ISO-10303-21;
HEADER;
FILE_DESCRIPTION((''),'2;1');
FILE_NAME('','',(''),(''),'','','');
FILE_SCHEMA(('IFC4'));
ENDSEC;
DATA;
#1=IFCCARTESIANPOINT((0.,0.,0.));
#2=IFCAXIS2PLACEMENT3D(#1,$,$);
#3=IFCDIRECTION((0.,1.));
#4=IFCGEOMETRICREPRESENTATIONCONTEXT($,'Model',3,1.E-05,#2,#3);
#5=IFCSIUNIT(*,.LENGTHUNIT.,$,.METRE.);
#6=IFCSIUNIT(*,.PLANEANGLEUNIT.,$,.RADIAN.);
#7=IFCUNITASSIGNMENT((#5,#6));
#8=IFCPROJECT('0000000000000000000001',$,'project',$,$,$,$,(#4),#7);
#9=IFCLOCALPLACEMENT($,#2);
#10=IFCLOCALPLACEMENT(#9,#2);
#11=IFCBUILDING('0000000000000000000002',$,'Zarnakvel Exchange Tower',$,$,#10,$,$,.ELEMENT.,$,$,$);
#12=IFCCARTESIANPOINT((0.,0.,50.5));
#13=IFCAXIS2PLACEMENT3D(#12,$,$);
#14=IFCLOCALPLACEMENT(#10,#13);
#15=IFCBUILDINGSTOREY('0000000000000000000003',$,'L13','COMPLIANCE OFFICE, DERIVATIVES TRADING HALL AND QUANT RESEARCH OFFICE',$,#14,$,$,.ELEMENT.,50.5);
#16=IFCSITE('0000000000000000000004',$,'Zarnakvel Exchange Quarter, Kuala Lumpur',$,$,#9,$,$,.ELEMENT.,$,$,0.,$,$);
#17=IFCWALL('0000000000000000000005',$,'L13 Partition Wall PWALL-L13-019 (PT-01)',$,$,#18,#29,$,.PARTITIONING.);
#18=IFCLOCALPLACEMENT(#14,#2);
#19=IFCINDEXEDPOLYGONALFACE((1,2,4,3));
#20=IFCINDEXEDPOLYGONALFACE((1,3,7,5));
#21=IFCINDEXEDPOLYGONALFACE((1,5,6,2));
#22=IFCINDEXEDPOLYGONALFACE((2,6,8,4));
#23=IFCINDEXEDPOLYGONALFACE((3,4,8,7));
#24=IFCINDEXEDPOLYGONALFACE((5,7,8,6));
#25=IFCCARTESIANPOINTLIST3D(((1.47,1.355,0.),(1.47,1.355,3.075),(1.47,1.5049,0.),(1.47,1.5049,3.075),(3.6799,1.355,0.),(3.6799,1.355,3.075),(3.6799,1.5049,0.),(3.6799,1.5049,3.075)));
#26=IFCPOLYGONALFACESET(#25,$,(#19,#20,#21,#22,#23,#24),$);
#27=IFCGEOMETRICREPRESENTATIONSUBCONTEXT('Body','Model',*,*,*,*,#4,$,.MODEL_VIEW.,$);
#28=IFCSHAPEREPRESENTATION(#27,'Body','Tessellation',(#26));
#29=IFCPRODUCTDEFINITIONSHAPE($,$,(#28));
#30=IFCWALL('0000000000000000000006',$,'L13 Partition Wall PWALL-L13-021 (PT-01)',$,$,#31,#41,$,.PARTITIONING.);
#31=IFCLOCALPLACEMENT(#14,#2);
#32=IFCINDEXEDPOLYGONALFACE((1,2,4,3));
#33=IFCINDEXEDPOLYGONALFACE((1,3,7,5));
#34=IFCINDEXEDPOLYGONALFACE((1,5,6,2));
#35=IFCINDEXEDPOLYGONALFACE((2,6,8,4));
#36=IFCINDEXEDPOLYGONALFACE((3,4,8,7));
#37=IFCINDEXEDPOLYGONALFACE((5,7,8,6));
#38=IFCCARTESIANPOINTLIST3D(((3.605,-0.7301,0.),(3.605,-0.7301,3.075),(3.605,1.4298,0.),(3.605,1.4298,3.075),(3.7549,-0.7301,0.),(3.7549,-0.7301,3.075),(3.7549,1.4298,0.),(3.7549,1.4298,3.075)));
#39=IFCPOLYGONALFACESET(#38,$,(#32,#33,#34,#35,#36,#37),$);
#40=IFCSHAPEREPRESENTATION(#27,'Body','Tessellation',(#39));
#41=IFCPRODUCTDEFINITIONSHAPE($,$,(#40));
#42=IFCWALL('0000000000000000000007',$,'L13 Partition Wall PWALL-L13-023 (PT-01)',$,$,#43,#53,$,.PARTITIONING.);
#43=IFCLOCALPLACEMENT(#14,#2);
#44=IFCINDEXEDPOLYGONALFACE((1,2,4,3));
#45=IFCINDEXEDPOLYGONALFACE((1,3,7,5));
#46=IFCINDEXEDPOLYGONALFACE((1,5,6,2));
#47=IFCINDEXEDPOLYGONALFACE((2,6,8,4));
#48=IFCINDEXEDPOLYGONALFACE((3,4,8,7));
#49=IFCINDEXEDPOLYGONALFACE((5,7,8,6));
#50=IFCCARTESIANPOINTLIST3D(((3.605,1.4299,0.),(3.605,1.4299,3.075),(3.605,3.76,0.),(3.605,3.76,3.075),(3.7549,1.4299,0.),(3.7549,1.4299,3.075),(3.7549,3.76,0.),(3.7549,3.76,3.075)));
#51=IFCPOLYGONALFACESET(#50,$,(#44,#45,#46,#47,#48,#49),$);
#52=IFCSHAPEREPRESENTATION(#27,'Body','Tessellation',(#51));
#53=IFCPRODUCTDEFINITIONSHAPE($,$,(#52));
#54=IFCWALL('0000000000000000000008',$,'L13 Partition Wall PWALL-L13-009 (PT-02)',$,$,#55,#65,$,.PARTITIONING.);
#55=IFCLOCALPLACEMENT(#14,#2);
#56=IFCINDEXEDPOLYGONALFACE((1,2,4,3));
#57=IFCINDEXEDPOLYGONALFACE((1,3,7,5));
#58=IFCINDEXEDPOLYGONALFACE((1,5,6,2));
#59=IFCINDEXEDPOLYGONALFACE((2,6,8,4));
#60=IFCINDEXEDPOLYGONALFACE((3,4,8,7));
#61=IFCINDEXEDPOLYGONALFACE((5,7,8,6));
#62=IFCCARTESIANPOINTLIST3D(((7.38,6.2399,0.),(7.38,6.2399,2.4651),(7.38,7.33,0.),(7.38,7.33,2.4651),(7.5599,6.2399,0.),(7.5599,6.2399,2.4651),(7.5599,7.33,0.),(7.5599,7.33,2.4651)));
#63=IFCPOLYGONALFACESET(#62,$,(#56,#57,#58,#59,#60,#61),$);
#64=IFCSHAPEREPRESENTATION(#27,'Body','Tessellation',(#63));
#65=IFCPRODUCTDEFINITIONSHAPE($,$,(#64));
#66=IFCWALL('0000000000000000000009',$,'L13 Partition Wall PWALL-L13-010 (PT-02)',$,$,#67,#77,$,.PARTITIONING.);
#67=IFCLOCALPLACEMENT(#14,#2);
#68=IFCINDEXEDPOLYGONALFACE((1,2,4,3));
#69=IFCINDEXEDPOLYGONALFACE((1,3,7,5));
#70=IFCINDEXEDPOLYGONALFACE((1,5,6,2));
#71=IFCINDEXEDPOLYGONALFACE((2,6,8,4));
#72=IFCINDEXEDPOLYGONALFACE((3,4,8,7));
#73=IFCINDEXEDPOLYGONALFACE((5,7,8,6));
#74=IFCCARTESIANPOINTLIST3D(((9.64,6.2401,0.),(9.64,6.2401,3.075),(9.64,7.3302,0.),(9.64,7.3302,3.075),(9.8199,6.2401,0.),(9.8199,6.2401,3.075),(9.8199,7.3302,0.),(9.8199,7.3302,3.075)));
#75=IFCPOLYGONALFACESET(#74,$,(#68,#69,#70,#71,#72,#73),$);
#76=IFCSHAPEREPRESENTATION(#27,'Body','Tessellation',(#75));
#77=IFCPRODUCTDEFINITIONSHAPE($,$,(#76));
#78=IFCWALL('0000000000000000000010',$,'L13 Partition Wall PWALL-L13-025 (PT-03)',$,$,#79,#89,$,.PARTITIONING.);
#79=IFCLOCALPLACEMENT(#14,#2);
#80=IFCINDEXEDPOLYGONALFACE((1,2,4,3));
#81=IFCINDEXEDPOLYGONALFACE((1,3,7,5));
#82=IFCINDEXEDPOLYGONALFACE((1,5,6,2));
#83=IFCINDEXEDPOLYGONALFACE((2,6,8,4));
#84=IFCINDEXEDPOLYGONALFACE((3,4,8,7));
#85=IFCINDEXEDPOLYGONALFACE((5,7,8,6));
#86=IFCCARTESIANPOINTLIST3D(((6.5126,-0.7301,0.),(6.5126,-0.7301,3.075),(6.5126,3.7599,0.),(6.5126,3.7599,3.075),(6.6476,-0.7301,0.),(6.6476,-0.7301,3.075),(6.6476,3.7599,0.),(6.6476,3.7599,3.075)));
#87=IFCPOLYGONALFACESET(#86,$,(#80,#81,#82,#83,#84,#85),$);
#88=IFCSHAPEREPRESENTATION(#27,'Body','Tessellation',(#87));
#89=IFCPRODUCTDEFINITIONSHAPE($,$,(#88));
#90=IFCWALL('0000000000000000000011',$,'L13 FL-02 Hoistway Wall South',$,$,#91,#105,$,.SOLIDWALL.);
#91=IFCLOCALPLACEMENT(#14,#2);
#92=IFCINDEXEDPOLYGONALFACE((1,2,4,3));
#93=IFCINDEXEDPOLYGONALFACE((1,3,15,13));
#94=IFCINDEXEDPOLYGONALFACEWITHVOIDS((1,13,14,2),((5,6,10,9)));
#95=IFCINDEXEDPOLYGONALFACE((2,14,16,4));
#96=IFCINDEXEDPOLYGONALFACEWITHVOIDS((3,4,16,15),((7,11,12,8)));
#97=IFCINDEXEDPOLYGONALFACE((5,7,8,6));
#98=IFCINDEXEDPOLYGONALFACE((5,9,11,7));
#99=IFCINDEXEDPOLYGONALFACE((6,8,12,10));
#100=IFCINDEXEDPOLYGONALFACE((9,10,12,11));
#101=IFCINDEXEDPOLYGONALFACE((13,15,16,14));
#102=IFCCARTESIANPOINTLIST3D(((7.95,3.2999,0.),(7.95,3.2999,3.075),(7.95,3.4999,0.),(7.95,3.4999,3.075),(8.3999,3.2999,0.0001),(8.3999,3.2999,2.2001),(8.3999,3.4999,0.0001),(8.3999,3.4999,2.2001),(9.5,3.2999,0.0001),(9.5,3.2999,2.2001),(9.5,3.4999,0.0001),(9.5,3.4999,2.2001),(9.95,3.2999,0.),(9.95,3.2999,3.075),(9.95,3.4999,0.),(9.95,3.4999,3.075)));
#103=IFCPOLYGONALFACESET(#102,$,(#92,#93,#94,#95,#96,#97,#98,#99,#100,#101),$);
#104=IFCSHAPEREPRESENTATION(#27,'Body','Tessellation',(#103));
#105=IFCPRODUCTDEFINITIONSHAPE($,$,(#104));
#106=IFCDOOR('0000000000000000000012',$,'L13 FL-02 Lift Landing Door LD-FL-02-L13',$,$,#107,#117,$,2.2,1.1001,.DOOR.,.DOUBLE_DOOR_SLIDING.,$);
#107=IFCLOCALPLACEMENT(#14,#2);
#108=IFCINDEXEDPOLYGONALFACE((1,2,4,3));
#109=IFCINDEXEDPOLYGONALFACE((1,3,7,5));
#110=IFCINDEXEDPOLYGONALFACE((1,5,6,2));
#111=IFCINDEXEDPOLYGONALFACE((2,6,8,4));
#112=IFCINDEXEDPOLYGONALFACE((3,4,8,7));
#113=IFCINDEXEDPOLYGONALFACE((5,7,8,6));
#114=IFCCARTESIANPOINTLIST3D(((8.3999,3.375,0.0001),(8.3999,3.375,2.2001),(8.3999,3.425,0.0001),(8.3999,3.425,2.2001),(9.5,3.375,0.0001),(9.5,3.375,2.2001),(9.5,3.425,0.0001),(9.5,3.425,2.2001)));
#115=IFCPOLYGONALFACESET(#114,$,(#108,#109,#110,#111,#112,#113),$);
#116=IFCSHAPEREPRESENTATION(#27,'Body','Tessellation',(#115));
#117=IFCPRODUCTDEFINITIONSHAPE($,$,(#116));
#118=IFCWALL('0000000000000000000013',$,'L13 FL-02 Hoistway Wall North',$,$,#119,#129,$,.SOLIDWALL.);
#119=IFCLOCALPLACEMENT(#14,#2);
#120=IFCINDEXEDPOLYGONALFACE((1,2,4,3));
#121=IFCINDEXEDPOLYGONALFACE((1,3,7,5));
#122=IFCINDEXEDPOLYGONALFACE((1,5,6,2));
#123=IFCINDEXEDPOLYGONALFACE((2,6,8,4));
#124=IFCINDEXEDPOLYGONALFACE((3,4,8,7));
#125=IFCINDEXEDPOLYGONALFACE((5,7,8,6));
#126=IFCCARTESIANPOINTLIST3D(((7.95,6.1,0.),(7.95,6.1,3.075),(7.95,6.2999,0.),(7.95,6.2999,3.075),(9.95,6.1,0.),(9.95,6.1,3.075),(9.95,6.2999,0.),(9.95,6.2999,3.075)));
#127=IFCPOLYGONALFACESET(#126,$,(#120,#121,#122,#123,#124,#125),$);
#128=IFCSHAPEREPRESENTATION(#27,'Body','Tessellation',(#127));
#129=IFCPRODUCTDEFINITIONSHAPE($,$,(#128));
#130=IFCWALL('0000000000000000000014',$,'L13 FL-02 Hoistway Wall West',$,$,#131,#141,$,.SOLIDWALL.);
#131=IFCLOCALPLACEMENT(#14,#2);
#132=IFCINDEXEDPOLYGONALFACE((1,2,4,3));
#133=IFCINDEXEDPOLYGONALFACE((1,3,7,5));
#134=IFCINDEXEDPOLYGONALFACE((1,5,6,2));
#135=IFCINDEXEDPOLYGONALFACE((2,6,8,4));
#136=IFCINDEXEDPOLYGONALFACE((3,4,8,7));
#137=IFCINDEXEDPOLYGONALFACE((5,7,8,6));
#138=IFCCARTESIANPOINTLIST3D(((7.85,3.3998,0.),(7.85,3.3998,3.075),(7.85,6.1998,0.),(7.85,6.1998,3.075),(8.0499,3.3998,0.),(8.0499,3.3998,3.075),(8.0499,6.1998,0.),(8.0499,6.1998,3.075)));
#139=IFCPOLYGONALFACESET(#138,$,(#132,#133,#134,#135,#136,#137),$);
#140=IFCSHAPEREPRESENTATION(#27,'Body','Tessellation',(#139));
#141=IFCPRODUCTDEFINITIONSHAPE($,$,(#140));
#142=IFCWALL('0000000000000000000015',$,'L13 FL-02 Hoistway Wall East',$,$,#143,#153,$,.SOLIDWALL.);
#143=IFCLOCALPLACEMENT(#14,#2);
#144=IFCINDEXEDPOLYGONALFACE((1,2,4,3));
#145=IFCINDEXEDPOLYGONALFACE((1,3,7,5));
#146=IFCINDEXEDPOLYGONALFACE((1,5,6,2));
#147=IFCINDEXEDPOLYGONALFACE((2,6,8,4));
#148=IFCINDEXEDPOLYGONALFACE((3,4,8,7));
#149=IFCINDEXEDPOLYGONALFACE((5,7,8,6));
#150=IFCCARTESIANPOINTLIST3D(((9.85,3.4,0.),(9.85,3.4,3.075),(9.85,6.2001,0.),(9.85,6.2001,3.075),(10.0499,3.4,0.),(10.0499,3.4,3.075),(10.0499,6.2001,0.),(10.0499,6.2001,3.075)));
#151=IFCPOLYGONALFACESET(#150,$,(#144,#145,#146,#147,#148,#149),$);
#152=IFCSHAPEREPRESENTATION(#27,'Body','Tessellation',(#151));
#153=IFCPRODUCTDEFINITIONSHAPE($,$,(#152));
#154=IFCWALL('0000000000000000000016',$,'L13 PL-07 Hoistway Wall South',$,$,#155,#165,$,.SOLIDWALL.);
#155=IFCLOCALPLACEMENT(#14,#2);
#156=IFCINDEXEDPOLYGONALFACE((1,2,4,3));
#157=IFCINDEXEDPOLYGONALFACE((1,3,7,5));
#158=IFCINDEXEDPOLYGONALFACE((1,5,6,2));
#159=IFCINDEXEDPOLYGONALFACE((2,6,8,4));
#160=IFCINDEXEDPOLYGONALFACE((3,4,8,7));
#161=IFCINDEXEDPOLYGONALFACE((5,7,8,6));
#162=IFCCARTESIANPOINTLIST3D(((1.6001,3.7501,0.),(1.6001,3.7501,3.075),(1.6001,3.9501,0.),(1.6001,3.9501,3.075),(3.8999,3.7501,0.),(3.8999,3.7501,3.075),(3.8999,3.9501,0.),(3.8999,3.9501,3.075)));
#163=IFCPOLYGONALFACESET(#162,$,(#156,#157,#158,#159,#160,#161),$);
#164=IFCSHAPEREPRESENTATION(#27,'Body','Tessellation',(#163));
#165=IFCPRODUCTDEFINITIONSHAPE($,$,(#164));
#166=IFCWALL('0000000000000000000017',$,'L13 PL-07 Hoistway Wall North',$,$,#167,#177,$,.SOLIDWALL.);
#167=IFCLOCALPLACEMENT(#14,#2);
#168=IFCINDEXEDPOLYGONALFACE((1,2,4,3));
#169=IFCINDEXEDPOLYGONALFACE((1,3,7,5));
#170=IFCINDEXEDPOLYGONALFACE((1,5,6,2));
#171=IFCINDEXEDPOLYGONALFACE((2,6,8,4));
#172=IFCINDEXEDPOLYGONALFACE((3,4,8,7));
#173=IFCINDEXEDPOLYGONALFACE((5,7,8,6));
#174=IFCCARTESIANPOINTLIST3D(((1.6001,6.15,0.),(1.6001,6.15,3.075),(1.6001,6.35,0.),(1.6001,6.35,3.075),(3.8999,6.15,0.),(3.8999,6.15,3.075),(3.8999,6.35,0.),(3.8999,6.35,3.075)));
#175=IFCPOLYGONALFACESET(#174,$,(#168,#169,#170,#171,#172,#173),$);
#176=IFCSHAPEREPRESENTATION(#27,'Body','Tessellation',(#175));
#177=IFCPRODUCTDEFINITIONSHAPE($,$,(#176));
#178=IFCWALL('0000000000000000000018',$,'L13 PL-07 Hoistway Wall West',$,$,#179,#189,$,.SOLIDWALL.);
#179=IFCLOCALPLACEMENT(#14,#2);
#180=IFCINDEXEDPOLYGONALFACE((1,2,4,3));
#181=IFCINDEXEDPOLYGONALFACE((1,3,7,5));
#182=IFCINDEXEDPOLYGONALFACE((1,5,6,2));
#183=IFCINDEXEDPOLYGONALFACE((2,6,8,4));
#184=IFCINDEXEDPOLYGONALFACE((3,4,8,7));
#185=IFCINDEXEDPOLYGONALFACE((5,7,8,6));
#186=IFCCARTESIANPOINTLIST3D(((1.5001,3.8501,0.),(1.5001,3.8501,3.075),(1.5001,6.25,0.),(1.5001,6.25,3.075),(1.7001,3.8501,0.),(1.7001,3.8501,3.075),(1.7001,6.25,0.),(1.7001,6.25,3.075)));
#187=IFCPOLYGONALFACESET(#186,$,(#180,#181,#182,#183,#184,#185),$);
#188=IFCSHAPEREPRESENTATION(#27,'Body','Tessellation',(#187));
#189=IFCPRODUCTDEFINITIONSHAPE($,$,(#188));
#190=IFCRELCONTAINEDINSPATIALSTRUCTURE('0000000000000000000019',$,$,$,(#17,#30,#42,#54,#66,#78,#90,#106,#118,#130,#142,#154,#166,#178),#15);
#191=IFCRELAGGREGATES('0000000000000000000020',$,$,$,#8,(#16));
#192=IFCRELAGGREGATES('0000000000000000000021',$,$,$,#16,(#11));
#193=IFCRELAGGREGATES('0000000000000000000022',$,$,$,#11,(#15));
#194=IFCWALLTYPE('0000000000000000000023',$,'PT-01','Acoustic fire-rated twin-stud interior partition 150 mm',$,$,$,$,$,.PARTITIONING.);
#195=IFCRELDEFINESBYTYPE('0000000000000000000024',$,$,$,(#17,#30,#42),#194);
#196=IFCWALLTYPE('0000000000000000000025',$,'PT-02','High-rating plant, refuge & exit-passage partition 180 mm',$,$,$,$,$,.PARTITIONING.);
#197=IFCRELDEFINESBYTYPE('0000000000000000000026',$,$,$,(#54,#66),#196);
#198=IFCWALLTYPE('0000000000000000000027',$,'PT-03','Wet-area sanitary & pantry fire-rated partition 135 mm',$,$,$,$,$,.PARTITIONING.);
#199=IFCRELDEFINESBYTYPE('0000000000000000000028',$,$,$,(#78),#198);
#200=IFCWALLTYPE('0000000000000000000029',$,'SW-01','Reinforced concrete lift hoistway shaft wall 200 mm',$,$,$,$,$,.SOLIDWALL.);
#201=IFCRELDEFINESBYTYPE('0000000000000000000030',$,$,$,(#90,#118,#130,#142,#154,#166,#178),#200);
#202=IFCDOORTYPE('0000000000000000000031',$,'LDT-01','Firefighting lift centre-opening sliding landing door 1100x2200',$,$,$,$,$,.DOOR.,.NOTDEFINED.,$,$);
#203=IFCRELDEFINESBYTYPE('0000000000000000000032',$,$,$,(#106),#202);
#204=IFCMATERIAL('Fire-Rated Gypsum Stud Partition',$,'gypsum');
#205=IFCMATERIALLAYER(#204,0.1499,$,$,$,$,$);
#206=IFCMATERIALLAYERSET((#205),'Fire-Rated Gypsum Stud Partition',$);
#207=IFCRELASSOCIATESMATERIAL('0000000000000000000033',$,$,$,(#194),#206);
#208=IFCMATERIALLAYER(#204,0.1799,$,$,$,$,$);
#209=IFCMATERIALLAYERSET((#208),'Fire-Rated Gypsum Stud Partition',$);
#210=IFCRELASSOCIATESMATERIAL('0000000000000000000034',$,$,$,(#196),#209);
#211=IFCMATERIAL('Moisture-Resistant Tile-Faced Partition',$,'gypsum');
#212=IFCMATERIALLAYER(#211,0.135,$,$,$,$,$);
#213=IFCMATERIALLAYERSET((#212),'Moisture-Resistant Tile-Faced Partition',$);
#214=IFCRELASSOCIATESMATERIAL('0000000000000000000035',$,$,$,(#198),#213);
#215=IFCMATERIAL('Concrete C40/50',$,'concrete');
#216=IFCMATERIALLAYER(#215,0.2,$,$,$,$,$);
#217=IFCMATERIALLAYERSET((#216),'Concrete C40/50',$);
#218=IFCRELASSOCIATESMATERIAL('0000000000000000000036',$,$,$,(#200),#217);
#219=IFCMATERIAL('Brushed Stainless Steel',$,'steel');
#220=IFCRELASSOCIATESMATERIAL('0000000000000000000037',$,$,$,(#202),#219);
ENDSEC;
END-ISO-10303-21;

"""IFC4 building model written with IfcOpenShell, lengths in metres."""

from ifc_helpers import new_model, si_unit, direction, frame, frame_2d, origin, place, context, subcontext, project, spatial, rectangle, extrude, source, transform, mapped, material, layer, layer_set, type_object, element, fill, save


model = new_model("IFC4")

# Units and contexts
model_context = context("Model", 3, precision=1e-05, world=origin(), true_north=direction((0.0, 1.0)))
body_context = subcontext(model_context, "Body", "Model", "MODEL_VIEW")
ifc_project = project(units=[si_unit("LENGTHUNIT", "METRE"), si_unit("PLANEANGLEUNIT", "RADIAN")], contexts=[model_context])

# Site, building, storey
site_placement = place(None, origin())
site = spatial("IfcSite", under=ifc_project, at=site_placement, Name="Zarnakvel Exchange Quarter, Kuala Lumpur", CompositionType="ELEMENT", RefElevation=0.0)
building_placement = place(site_placement, origin())
building = spatial("IfcBuilding", under=site, at=building_placement, Name="Zarnakvel Exchange Tower", CompositionType="ELEMENT")
storey_placement = place(building_placement, frame((0.0, 0.0, 50.5)))
storey = spatial("IfcBuildingStorey", under=building, at=storey_placement, Name="L13", Description="COMPLIANCE OFFICE, DERIVATIVES TRADING HALL AND QUANT RESEARCH OFFICE", CompositionType="ELEMENT", Elevation=50.5)

# Walls
ifc_material_1 = material(Name="Fire-Rated Gypsum Stud Partition", Category="gypsum")
ifc_layer_1 = layer(ifc_material_1, 0.1499)
ifc_layer_set_1 = layer_set([ifc_layer_1], Name="Fire-Rated Gypsum Stud Partition")
wall_type_1 = type_object("IfcWallType", Name="PT-01", Description="Acoustic fire-rated twin-stud interior partition 150 mm", PredefinedType="PARTITIONING", material=ifc_layer_set_1)
wall_1_placement = place(storey_placement, frame((1.47, 1.4299, 0.0), z_axis=(0.0, 0.0, 1.0), x_axis=(1.0, 0.0, 0.0)))
element("IfcWall", 1, at=wall_1_placement, inside=storey, type_object=wall_type_1, Name="L13 Partition Wall PWALL-L13-019 (PT-01)", PredefinedType="PARTITIONING", context=body_context, shape_type="SweptSolid", body=[
    extrude(rectangle(XDim=2.21, YDim=0.1499, at=frame_2d((1.105, 0.0))), origin(), (0.0, 0.0, 1.0), 3.075),
])
wall_2_placement = place(storey_placement, frame((3.6799, 1.4299, 0.0), z_axis=(0.0, 0.0, 1.0), x_axis=(0.0, -1.0, 0.0)))
element("IfcWall", 2, at=wall_2_placement, inside=storey, type_object=wall_type_1, Name="L13 Partition Wall PWALL-L13-021 (PT-01)", PredefinedType="PARTITIONING", context=body_context, shape_type="SweptSolid", body=[
    extrude(rectangle(XDim=2.1599, YDim=0.1499, at=frame_2d((1.0801, 0.0))), origin(), (0.0, 0.0, 1.0), 3.075),
])

# Walls
wall_3_placement = place(storey_placement, frame((3.6799, 3.76, 0.0), z_axis=(0.0, 0.0, 1.0), x_axis=(0.0, -1.0, 0.0)))
element("IfcWall", 3, at=wall_3_placement, inside=storey, type_object=wall_type_1, Name="L13 Partition Wall PWALL-L13-023 (PT-01)", PredefinedType="PARTITIONING", context=body_context, shape_type="SweptSolid", body=[
    extrude(rectangle(XDim=2.3301, YDim=0.1499, at=frame_2d((1.165, 0.0))), origin(), (0.0, 0.0, 1.0), 3.075),
])
ifc_layer_2 = layer(ifc_material_1, 0.1799)
ifc_layer_set_2 = layer_set([ifc_layer_2], Name="Fire-Rated Gypsum Stud Partition")
wall_type_2 = type_object("IfcWallType", Name="PT-02", Description="High-rating plant, refuge & exit-passage partition 180 mm", PredefinedType="PARTITIONING", material=ifc_layer_set_2)
wall_4_placement = place(storey_placement, frame((7.47, 6.24, 0.0), z_axis=(0.0, 0.0, 1.0), x_axis=(0.0, 1.0, 0.0)))
element("IfcWall", 4, at=wall_4_placement, inside=storey, type_object=wall_type_2, Name="L13 Partition Wall PWALL-L13-009 (PT-02)", PredefinedType="PARTITIONING", context=body_context, shape_type="SweptSolid", body=[
    extrude(rectangle(XDim=1.0901, YDim=0.1799, at=frame_2d((0.5449, 0.0))), origin(), (0.0, 0.0, 1.0), 2.4651),
])
wall_5_placement = place(storey_placement, frame((9.73, 7.3301, 0.0), z_axis=(0.0, 0.0, 1.0), x_axis=(0.0, -1.0, 0.0)))
element("IfcWall", 5, at=wall_5_placement, inside=storey, type_object=wall_type_2, Name="L13 Partition Wall PWALL-L13-010 (PT-02)", PredefinedType="PARTITIONING", context=body_context, shape_type="SweptSolid", body=[
    extrude(rectangle(XDim=1.0901, YDim=0.1799, at=frame_2d((0.5449, 0.0))), origin(), (0.0, 0.0, 1.0), 3.075),
])
ifc_material_2 = material(Name="Moisture-Resistant Tile-Faced Partition", Category="gypsum")
ifc_layer_3 = layer(ifc_material_2, 0.135)
ifc_layer_set_3 = layer_set([ifc_layer_3], Name="Moisture-Resistant Tile-Faced Partition")
wall_type_3 = type_object("IfcWallType", Name="PT-03", Description="Wet-area sanitary & pantry fire-rated partition 135 mm", PredefinedType="PARTITIONING", material=ifc_layer_set_3)
wall_6_placement = place(storey_placement, frame((6.5801, 3.76, 0.0), z_axis=(0.0, 0.0, 1.0), x_axis=(0.0, -1.0, 0.0)))
element("IfcWall", 6, at=wall_6_placement, inside=storey, type_object=wall_type_3, Name="L13 Partition Wall PWALL-L13-025 (PT-03)", PredefinedType="PARTITIONING", context=body_context, shape_type="SweptSolid", body=[
    extrude(rectangle(XDim=4.49, YDim=0.135, at=frame_2d((2.2451, 0.0))), origin(), (0.0, 0.0, 1.0), 3.075),
])

# Wall, opening, door
ifc_material_3 = material(Name="Concrete C40/50", Category="concrete")
ifc_layer_4 = layer(ifc_material_3, 0.2)
ifc_layer_set_4 = layer_set([ifc_layer_4], Name="Concrete C40/50")
wall_type_4 = type_object("IfcWallType", Name="SW-01", Description="Reinforced concrete lift hoistway shaft wall 200 mm", PredefinedType="SOLIDWALL", material=ifc_layer_set_4)
wall_7_placement = place(storey_placement, frame((9.95, 3.3999, 0.0), z_axis=(0.0, 0.0, 1.0), x_axis=(-1.0, 0.0, 0.0)))
wall_7 = element("IfcWall", 7, at=wall_7_placement, inside=storey, type_object=wall_type_4, Name="L13 FL-02 Hoistway Wall South", PredefinedType="SOLIDWALL", context=body_context, shape_type="SweptSolid", body=[
    extrude(rectangle(XDim=2.0, YDim=0.2, at=frame_2d((1.0, 0.0))), origin(), (0.0, 0.0, 1.0), 3.075),
])
opening_1_placement = place(wall_7_placement, frame((0.45, 0.0, 0.0)))
opening_1 = element("IfcOpeningElement", 8, at=opening_1_placement, cuts=wall_7, PredefinedType="OPENING", context=body_context, shape_type="SweptSolid", body=[
    extrude(rectangle(XDim=1.1001, YDim=2.2, at=frame_2d((0.55, 1.1001))), frame((0.0, 0.1099, 0.0), z_axis=(0.0, -1.0, 0.0), x_axis=(1.0, 0.0, 0.0)), (0.0, 0.0, 1.0), 0.22),
])
ifc_material_4 = material(Name="Brushed Stainless Steel", Category="steel")
door_type_1 = type_object("IfcDoorType", Name="LDT-01", Description="Firefighting lift centre-opening sliding landing door 1100x2200", OperationType="NOTDEFINED", PredefinedType="DOOR", material=ifc_material_4)
shared_shape_1 = source(origin(), body_context, "Body", "SweptSolid", [
    extrude(rectangle(XDim=1.1001, YDim=2.2, at=frame_2d((0.55, 1.1001))), frame((0.0, 0.0249, 0.0), z_axis=(0.0, -1.0, 0.0), x_axis=(1.0, 0.0, 0.0)), (0.0, 0.0, 1.0), 0.05),
])
door_1_placement = place(opening_1_placement, origin())
door_1 = element("IfcDoor", 9, at=door_1_placement, inside=storey, type_object=door_type_1, Name="L13 FL-02 Lift Landing Door LD-FL-02-L13", OperationType="DOUBLE_DOOR_SLIDING", OverallHeight=2.2, OverallWidth=1.1001, PredefinedType="DOOR", context=body_context, shape_type="MappedRepresentation", body=[
    mapped(shared_shape_1, transform((0.0, 0.0, 0.0), x_axis=(1.0, 0.0, 0.0), y_axis=(0.0, 1.0, 0.0), z_axis=(0.0, 0.0, 1.0), scale=1.0)),
])
fill(opening_1, door_1)

# Walls
wall_8_placement = place(storey_placement, frame((7.95, 6.2, 0.0), z_axis=(0.0, 0.0, 1.0), x_axis=(1.0, 0.0, 0.0)))
element("IfcWall", 10, at=wall_8_placement, inside=storey, type_object=wall_type_4, Name="L13 FL-02 Hoistway Wall North", PredefinedType="SOLIDWALL", context=body_context, shape_type="SweptSolid", body=[
    extrude(rectangle(XDim=2.0, YDim=0.2, at=frame_2d((1.0, 0.0))), origin(), (0.0, 0.0, 1.0), 3.075),
])
for number, where, z_axis, x_axis, name in (
    (11, (7.95, 3.3999, 0.0), (0.0, 0.0, 1.0), (0.0, 1.0, 0.0), "L13 FL-02 Hoistway Wall West"),
    (12, (9.95, 6.2, 0.0), (0.0, 0.0, 1.0), (0.0, -1.0, 0.0), "L13 FL-02 Hoistway Wall East"),
):
    element("IfcWall", number, at=place(storey_placement, frame(where, z_axis=z_axis, x_axis=x_axis)), inside=storey, type_object=wall_type_4, Name=name, PredefinedType="SOLIDWALL", context=body_context, shape_type="SweptSolid", body=[
        extrude(rectangle(XDim=2.8, YDim=0.2, at=frame_2d((1.3999, 0.0))), origin(), (0.0, 0.0, 1.0), 3.075),
    ])
for number, where, z_axis, x_axis, name in (
    (13, (3.8999, 3.8501, 0.0), (0.0, 0.0, 1.0), (-1.0, 0.0, 0.0), "L13 PL-07 Hoistway Wall South"),
    (14, (1.6001, 6.25, 0.0), (0.0, 0.0, 1.0), (1.0, 0.0, 0.0), "L13 PL-07 Hoistway Wall North"),
):
    element("IfcWall", number, at=place(storey_placement, frame(where, z_axis=z_axis, x_axis=x_axis)), inside=storey, type_object=wall_type_4, Name=name, PredefinedType="SOLIDWALL", context=body_context, shape_type="SweptSolid", body=[
        extrude(rectangle(XDim=2.2998, YDim=0.2, at=frame_2d((1.1499, 0.0))), origin(), (0.0, 0.0, 1.0), 3.075),
    ])
for number, where, z_axis, x_axis, name in (
    (15, (1.6001, 3.8501, 0.0), (0.0, 0.0, 1.0), (0.0, 1.0, 0.0), "L13 PL-07 Hoistway Wall West"),
):
    element("IfcWall", number, at=place(storey_placement, frame(where, z_axis=z_axis, x_axis=x_axis)), inside=storey, type_object=wall_type_4, Name=name, PredefinedType="SOLIDWALL", context=body_context, shape_type="SweptSolid", body=[
        extrude(rectangle(XDim=2.3999, YDim=0.2, at=frame_2d((1.2, 0.0))), origin(), (0.0, 0.0, 1.0), 3.075),
    ])

save(model, "model.ifc")
